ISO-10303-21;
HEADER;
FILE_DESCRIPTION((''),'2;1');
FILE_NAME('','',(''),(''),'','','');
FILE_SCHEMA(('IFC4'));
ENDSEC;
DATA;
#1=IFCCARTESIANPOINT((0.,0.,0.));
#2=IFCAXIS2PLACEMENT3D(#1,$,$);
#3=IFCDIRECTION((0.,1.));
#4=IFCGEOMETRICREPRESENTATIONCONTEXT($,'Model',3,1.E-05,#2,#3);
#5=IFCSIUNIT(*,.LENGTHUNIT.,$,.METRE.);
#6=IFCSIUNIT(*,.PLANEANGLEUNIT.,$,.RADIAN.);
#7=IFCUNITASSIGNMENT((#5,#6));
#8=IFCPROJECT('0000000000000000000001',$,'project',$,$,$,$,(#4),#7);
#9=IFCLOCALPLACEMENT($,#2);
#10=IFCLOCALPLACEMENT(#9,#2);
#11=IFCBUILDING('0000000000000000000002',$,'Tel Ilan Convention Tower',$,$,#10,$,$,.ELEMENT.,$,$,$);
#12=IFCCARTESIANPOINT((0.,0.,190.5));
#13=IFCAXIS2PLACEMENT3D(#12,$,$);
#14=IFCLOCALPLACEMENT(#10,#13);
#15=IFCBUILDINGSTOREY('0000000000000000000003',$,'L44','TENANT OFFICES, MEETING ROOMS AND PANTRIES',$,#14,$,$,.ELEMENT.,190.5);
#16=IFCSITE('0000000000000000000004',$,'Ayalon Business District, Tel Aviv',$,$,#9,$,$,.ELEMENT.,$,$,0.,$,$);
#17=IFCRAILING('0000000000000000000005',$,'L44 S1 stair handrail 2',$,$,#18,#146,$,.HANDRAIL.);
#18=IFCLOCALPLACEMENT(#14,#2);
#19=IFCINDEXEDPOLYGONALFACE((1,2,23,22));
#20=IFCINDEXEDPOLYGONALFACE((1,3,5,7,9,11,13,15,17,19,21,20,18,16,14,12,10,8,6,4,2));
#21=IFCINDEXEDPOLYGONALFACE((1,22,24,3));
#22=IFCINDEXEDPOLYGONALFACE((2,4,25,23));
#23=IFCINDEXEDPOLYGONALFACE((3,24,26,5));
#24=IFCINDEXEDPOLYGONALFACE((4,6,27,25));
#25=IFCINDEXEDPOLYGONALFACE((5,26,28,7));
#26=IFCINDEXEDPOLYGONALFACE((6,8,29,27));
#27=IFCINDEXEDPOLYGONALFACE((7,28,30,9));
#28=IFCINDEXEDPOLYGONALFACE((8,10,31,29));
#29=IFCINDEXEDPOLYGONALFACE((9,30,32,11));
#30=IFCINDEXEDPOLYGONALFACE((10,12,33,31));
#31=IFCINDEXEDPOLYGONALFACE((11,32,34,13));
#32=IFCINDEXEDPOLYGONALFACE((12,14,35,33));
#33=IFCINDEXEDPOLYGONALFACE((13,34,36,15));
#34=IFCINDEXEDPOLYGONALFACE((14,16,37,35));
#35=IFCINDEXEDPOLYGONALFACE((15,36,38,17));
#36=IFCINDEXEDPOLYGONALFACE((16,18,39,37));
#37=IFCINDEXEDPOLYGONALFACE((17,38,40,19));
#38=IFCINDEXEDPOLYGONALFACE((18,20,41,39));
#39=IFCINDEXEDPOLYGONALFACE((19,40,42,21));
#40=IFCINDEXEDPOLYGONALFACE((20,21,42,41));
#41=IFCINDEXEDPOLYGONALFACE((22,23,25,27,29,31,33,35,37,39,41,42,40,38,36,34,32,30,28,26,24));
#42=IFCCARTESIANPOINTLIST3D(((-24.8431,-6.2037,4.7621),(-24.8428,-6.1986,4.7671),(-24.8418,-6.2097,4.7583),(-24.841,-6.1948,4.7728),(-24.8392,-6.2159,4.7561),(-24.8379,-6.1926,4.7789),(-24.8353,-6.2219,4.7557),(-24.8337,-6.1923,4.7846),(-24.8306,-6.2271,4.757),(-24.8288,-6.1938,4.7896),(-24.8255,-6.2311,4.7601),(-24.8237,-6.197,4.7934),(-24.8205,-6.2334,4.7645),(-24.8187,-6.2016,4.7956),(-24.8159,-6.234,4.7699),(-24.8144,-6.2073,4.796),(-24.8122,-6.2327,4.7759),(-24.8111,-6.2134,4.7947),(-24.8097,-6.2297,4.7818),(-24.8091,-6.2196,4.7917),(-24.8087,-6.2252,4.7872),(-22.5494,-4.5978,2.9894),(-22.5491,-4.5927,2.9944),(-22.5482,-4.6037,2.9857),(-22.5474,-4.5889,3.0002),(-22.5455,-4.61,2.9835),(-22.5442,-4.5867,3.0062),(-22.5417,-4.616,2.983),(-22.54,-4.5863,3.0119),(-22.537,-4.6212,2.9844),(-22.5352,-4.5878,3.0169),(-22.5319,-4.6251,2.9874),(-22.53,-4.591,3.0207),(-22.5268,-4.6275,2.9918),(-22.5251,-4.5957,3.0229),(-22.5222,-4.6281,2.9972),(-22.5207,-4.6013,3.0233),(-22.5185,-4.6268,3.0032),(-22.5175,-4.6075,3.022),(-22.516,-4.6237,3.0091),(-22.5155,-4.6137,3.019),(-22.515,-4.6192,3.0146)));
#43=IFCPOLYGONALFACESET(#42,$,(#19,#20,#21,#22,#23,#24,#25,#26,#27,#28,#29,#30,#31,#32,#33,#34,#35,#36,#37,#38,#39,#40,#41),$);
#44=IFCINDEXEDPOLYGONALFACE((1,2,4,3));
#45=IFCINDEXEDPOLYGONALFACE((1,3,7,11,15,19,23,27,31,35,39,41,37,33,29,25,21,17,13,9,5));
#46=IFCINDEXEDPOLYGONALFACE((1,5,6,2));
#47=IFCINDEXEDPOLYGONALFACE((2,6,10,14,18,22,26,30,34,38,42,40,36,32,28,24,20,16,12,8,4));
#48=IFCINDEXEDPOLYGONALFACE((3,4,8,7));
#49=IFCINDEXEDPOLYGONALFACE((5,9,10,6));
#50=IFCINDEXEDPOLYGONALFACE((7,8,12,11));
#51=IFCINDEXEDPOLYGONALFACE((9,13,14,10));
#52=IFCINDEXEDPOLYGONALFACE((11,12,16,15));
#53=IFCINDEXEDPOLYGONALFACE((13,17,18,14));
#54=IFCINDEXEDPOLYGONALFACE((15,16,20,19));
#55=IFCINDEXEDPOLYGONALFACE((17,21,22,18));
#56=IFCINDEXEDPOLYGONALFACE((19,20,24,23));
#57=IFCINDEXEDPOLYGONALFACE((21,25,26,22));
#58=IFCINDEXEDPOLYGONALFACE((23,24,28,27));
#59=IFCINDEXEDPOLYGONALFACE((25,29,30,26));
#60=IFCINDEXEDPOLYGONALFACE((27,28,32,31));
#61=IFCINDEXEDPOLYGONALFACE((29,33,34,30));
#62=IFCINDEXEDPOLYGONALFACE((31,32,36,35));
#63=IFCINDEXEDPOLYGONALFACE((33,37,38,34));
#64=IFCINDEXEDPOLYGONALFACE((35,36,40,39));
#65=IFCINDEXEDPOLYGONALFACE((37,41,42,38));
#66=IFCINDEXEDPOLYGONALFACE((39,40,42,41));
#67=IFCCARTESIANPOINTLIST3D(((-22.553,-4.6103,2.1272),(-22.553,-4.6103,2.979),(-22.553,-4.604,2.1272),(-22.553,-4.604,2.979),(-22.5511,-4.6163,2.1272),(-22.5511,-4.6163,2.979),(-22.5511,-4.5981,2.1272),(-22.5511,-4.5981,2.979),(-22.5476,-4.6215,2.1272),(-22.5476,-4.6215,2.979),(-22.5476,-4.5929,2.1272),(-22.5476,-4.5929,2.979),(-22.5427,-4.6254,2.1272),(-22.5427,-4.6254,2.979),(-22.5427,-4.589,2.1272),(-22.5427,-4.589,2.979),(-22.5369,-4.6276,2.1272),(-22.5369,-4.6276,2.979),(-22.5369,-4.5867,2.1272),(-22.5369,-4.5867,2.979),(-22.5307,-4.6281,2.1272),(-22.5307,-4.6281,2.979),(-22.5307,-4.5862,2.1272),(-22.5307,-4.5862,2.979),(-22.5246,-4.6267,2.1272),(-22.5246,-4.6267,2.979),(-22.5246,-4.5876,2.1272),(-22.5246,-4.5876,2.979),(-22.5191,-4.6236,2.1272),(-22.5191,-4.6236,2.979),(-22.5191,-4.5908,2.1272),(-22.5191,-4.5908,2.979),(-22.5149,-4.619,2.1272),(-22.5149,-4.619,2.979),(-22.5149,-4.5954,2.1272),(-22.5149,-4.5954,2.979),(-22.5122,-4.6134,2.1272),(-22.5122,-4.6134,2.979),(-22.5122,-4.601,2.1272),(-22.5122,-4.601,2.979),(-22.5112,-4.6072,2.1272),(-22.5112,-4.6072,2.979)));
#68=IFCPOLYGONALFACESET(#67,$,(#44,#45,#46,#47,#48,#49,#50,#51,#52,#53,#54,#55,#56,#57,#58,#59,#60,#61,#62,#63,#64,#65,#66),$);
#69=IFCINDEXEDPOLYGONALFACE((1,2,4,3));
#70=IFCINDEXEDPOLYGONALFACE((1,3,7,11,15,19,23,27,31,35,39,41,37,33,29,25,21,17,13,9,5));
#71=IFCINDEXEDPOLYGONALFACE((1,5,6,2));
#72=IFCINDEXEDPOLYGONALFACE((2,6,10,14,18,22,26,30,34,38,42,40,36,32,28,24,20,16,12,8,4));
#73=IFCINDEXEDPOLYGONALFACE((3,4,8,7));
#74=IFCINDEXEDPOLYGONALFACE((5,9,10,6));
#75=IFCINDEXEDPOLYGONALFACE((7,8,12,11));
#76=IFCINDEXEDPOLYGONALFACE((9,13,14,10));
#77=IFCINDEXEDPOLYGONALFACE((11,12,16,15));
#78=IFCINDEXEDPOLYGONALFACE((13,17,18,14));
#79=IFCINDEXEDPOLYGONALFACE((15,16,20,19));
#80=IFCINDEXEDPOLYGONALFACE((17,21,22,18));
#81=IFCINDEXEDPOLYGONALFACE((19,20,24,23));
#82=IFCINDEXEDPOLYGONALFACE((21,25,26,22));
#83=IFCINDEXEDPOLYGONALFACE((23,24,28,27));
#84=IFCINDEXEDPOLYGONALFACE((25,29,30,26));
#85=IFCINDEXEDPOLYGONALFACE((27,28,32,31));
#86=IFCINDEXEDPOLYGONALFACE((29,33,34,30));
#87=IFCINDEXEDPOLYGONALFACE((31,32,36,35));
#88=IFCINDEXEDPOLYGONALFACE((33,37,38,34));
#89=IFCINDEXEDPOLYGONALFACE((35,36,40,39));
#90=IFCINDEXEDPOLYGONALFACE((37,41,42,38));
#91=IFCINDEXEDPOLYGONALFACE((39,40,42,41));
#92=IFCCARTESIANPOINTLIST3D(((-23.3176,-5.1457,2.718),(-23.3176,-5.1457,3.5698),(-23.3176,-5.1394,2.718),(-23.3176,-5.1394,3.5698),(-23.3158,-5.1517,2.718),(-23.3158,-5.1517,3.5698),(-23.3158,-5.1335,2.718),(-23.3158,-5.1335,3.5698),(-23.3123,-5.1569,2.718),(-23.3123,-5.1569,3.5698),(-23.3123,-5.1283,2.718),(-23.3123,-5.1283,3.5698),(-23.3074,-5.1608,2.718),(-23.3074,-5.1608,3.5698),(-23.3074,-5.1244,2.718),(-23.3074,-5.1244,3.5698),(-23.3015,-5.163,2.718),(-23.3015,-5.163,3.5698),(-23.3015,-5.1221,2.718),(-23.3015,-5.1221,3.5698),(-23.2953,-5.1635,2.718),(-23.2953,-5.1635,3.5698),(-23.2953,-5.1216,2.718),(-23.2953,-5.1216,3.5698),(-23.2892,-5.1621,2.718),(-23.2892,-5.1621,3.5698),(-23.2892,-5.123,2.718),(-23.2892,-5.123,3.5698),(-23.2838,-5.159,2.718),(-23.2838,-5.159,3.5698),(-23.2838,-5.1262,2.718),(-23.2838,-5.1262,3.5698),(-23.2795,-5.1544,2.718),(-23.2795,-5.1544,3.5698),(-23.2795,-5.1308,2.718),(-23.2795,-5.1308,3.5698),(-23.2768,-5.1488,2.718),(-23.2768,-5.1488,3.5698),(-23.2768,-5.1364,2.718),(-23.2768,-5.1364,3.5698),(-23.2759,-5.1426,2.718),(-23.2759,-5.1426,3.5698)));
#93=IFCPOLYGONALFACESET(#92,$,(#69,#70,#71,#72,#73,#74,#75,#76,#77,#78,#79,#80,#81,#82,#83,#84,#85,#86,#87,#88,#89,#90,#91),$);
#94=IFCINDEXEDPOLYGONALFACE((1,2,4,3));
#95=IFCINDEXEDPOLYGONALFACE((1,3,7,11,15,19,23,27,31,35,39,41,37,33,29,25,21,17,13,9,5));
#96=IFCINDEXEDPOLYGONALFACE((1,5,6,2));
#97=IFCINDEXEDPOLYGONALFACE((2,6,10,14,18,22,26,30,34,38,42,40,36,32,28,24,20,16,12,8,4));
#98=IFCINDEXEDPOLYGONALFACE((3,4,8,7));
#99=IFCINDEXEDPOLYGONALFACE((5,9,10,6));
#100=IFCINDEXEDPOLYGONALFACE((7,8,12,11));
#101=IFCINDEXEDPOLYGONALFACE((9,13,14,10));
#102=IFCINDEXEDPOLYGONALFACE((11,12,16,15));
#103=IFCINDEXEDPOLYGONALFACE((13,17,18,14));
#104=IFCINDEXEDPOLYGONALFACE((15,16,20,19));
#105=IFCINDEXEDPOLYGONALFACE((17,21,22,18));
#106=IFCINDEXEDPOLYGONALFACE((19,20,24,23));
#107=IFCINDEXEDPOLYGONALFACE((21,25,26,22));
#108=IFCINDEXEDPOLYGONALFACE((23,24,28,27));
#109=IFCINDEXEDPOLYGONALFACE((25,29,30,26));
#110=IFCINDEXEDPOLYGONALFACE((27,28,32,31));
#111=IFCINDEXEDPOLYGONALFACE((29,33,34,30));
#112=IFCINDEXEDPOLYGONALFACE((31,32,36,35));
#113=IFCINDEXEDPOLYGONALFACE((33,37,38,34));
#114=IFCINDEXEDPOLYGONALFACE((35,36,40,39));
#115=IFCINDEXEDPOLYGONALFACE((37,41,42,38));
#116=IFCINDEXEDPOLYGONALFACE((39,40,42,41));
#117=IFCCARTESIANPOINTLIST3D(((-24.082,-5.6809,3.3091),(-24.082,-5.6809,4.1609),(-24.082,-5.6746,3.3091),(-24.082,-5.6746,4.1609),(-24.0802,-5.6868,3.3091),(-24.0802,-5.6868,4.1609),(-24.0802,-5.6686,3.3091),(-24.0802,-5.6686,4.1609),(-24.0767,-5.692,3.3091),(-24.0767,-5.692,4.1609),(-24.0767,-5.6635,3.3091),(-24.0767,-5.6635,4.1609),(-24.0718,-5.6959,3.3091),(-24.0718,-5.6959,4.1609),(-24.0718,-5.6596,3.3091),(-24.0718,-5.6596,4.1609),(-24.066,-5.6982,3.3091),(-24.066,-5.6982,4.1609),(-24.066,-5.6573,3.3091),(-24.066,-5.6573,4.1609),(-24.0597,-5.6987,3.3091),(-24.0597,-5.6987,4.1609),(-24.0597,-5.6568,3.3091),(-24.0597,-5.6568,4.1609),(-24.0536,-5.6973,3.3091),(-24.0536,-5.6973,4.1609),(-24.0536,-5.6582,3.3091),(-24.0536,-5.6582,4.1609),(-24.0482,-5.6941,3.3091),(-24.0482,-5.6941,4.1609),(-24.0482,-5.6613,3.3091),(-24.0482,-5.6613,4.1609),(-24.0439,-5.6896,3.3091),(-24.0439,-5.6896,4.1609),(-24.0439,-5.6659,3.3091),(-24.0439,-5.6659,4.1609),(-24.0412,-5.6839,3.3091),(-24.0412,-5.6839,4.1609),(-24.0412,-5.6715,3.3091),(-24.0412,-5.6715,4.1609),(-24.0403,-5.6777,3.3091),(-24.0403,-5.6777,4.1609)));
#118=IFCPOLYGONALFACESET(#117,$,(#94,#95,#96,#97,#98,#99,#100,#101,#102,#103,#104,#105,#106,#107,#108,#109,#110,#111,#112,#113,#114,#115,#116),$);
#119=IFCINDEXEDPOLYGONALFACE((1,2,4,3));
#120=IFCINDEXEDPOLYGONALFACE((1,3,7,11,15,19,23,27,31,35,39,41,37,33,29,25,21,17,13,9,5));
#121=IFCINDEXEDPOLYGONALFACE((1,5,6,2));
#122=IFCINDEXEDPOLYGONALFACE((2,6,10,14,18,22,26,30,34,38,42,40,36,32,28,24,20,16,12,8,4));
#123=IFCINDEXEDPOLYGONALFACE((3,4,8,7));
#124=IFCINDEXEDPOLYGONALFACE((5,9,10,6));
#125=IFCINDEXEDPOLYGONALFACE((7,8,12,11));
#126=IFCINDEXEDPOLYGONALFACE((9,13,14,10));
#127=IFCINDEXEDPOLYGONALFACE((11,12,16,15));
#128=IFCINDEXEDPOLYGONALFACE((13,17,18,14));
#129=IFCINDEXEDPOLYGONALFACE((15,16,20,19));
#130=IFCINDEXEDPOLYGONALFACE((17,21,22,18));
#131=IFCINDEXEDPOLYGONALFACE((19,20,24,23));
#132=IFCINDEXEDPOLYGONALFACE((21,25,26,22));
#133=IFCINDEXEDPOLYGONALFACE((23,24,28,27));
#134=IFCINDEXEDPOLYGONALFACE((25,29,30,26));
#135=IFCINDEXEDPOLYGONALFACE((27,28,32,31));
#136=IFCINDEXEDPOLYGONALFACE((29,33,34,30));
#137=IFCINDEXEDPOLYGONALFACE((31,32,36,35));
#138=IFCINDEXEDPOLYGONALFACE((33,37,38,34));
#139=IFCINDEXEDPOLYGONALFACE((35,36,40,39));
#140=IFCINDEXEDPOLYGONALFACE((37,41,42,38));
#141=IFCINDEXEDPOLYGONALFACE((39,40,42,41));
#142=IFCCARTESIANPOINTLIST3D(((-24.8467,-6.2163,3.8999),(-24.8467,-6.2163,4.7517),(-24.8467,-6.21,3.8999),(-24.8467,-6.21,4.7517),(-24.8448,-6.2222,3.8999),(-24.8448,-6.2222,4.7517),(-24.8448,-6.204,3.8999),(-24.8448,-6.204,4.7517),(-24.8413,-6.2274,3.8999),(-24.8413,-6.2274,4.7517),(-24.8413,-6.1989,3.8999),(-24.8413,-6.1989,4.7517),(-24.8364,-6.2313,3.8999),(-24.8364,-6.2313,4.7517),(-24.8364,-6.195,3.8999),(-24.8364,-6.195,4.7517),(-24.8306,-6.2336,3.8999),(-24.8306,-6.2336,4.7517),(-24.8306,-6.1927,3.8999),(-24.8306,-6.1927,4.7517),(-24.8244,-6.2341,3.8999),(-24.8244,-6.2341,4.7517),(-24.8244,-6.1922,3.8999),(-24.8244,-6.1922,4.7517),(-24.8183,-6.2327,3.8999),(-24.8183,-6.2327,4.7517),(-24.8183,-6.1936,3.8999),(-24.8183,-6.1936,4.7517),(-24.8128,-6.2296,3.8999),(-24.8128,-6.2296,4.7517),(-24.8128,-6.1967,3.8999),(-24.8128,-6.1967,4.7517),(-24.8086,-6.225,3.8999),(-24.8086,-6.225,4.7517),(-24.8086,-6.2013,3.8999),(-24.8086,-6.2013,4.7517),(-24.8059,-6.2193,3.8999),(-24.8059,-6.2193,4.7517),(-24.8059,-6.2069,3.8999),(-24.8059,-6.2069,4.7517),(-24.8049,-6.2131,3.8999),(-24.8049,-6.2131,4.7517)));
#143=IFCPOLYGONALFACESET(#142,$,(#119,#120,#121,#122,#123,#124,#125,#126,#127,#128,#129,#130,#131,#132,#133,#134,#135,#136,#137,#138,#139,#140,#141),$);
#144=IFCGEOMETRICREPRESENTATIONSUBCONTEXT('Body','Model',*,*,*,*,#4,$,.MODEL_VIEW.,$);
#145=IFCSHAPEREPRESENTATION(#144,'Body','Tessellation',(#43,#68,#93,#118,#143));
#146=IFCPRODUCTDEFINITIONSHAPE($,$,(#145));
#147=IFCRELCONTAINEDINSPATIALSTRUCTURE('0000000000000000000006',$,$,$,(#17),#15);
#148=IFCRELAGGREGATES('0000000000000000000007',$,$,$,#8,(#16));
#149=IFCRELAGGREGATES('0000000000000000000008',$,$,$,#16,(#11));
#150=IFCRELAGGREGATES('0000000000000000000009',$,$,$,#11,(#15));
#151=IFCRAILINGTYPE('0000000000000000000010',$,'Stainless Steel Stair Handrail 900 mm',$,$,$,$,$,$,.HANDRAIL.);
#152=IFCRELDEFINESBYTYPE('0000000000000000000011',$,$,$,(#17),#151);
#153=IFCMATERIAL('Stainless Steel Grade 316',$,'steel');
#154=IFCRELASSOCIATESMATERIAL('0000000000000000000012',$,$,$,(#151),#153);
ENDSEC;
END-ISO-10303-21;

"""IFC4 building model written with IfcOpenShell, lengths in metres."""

from ifc_helpers import new_model, si_unit, direction, frame, origin, origin_2d, place, context, subcontext, project, spatial, circle, extrude, material, type_object, element, save


model = new_model("IFC4")

# Units and contexts
model_context = context("Model", 3, precision=1e-05, world=origin(), true_north=direction((0.0, 1.0)))
body_context = subcontext(model_context, "Body", "Model", "MODEL_VIEW")
ifc_project = project(units=[si_unit("LENGTHUNIT", "METRE"), si_unit("PLANEANGLEUNIT", "RADIAN")], contexts=[model_context])

# Site, building, storey
site_placement = place(None, origin())
site = spatial("IfcSite", under=ifc_project, at=site_placement, Name="Ayalon Business District, Tel Aviv", CompositionType="ELEMENT", RefElevation=0.0)
building_placement = place(site_placement, origin())
building = spatial("IfcBuilding", under=site, at=building_placement, Name="Tel Ilan Convention Tower", CompositionType="ELEMENT")
storey_placement = place(building_placement, frame((0.0, 0.0, 190.5)))
storey = spatial("IfcBuildingStorey", under=building, at=storey_placement, Name="L44", Description="TENANT OFFICES, MEETING ROOMS AND PANTRIES", CompositionType="ELEMENT", Elevation=190.5)

# Railing
ifc_material_1 = material(Name="Stainless Steel Grade 316", Category="steel")
railing_type_1 = type_object("IfcRailingType", Name="Stainless Steel Stair Handrail 900 mm", PredefinedType="HANDRAIL", material=ifc_material_1)
railing_1_placement = place(storey_placement, frame((-22.5322, -4.6072, 2.1272)))
element("IfcRailing", 1, at=railing_1_placement, inside=storey, type_object=railing_type_1, Name="L44 S1 stair handrail 2", PredefinedType="HANDRAIL", context=body_context, shape_type="SweptSolid", body=[
    extrude(circle(Radius=0.0239, at=origin_2d()), frame((0.0, 0.0, 0.876), z_axis=(-0.692123, -0.484597, 0.534913), x_axis=(0.57355, -0.81917, 0.0)), (0.0, 0.0, 1.0), 3.314),
    extrude(circle(Radius=0.021, at=origin_2d()), origin(), (0.0, 0.0, 1.0), 0.8518),
    extrude(circle(Radius=0.021, at=origin_2d()), frame((-0.7646, -0.5354, 0.5908)), (0.0, 0.0, 1.0), 0.8518),
    extrude(circle(Radius=0.021, at=origin_2d()), frame((-1.5291, -1.0706, 1.1819)), (0.0, 0.0, 1.0), 0.8518),
    extrude(circle(Radius=0.021, at=origin_2d()), frame((-2.2937, -1.606, 1.7727)), (0.0, 0.0, 1.0), 0.8518),
])

save(model, "model.ifc")
